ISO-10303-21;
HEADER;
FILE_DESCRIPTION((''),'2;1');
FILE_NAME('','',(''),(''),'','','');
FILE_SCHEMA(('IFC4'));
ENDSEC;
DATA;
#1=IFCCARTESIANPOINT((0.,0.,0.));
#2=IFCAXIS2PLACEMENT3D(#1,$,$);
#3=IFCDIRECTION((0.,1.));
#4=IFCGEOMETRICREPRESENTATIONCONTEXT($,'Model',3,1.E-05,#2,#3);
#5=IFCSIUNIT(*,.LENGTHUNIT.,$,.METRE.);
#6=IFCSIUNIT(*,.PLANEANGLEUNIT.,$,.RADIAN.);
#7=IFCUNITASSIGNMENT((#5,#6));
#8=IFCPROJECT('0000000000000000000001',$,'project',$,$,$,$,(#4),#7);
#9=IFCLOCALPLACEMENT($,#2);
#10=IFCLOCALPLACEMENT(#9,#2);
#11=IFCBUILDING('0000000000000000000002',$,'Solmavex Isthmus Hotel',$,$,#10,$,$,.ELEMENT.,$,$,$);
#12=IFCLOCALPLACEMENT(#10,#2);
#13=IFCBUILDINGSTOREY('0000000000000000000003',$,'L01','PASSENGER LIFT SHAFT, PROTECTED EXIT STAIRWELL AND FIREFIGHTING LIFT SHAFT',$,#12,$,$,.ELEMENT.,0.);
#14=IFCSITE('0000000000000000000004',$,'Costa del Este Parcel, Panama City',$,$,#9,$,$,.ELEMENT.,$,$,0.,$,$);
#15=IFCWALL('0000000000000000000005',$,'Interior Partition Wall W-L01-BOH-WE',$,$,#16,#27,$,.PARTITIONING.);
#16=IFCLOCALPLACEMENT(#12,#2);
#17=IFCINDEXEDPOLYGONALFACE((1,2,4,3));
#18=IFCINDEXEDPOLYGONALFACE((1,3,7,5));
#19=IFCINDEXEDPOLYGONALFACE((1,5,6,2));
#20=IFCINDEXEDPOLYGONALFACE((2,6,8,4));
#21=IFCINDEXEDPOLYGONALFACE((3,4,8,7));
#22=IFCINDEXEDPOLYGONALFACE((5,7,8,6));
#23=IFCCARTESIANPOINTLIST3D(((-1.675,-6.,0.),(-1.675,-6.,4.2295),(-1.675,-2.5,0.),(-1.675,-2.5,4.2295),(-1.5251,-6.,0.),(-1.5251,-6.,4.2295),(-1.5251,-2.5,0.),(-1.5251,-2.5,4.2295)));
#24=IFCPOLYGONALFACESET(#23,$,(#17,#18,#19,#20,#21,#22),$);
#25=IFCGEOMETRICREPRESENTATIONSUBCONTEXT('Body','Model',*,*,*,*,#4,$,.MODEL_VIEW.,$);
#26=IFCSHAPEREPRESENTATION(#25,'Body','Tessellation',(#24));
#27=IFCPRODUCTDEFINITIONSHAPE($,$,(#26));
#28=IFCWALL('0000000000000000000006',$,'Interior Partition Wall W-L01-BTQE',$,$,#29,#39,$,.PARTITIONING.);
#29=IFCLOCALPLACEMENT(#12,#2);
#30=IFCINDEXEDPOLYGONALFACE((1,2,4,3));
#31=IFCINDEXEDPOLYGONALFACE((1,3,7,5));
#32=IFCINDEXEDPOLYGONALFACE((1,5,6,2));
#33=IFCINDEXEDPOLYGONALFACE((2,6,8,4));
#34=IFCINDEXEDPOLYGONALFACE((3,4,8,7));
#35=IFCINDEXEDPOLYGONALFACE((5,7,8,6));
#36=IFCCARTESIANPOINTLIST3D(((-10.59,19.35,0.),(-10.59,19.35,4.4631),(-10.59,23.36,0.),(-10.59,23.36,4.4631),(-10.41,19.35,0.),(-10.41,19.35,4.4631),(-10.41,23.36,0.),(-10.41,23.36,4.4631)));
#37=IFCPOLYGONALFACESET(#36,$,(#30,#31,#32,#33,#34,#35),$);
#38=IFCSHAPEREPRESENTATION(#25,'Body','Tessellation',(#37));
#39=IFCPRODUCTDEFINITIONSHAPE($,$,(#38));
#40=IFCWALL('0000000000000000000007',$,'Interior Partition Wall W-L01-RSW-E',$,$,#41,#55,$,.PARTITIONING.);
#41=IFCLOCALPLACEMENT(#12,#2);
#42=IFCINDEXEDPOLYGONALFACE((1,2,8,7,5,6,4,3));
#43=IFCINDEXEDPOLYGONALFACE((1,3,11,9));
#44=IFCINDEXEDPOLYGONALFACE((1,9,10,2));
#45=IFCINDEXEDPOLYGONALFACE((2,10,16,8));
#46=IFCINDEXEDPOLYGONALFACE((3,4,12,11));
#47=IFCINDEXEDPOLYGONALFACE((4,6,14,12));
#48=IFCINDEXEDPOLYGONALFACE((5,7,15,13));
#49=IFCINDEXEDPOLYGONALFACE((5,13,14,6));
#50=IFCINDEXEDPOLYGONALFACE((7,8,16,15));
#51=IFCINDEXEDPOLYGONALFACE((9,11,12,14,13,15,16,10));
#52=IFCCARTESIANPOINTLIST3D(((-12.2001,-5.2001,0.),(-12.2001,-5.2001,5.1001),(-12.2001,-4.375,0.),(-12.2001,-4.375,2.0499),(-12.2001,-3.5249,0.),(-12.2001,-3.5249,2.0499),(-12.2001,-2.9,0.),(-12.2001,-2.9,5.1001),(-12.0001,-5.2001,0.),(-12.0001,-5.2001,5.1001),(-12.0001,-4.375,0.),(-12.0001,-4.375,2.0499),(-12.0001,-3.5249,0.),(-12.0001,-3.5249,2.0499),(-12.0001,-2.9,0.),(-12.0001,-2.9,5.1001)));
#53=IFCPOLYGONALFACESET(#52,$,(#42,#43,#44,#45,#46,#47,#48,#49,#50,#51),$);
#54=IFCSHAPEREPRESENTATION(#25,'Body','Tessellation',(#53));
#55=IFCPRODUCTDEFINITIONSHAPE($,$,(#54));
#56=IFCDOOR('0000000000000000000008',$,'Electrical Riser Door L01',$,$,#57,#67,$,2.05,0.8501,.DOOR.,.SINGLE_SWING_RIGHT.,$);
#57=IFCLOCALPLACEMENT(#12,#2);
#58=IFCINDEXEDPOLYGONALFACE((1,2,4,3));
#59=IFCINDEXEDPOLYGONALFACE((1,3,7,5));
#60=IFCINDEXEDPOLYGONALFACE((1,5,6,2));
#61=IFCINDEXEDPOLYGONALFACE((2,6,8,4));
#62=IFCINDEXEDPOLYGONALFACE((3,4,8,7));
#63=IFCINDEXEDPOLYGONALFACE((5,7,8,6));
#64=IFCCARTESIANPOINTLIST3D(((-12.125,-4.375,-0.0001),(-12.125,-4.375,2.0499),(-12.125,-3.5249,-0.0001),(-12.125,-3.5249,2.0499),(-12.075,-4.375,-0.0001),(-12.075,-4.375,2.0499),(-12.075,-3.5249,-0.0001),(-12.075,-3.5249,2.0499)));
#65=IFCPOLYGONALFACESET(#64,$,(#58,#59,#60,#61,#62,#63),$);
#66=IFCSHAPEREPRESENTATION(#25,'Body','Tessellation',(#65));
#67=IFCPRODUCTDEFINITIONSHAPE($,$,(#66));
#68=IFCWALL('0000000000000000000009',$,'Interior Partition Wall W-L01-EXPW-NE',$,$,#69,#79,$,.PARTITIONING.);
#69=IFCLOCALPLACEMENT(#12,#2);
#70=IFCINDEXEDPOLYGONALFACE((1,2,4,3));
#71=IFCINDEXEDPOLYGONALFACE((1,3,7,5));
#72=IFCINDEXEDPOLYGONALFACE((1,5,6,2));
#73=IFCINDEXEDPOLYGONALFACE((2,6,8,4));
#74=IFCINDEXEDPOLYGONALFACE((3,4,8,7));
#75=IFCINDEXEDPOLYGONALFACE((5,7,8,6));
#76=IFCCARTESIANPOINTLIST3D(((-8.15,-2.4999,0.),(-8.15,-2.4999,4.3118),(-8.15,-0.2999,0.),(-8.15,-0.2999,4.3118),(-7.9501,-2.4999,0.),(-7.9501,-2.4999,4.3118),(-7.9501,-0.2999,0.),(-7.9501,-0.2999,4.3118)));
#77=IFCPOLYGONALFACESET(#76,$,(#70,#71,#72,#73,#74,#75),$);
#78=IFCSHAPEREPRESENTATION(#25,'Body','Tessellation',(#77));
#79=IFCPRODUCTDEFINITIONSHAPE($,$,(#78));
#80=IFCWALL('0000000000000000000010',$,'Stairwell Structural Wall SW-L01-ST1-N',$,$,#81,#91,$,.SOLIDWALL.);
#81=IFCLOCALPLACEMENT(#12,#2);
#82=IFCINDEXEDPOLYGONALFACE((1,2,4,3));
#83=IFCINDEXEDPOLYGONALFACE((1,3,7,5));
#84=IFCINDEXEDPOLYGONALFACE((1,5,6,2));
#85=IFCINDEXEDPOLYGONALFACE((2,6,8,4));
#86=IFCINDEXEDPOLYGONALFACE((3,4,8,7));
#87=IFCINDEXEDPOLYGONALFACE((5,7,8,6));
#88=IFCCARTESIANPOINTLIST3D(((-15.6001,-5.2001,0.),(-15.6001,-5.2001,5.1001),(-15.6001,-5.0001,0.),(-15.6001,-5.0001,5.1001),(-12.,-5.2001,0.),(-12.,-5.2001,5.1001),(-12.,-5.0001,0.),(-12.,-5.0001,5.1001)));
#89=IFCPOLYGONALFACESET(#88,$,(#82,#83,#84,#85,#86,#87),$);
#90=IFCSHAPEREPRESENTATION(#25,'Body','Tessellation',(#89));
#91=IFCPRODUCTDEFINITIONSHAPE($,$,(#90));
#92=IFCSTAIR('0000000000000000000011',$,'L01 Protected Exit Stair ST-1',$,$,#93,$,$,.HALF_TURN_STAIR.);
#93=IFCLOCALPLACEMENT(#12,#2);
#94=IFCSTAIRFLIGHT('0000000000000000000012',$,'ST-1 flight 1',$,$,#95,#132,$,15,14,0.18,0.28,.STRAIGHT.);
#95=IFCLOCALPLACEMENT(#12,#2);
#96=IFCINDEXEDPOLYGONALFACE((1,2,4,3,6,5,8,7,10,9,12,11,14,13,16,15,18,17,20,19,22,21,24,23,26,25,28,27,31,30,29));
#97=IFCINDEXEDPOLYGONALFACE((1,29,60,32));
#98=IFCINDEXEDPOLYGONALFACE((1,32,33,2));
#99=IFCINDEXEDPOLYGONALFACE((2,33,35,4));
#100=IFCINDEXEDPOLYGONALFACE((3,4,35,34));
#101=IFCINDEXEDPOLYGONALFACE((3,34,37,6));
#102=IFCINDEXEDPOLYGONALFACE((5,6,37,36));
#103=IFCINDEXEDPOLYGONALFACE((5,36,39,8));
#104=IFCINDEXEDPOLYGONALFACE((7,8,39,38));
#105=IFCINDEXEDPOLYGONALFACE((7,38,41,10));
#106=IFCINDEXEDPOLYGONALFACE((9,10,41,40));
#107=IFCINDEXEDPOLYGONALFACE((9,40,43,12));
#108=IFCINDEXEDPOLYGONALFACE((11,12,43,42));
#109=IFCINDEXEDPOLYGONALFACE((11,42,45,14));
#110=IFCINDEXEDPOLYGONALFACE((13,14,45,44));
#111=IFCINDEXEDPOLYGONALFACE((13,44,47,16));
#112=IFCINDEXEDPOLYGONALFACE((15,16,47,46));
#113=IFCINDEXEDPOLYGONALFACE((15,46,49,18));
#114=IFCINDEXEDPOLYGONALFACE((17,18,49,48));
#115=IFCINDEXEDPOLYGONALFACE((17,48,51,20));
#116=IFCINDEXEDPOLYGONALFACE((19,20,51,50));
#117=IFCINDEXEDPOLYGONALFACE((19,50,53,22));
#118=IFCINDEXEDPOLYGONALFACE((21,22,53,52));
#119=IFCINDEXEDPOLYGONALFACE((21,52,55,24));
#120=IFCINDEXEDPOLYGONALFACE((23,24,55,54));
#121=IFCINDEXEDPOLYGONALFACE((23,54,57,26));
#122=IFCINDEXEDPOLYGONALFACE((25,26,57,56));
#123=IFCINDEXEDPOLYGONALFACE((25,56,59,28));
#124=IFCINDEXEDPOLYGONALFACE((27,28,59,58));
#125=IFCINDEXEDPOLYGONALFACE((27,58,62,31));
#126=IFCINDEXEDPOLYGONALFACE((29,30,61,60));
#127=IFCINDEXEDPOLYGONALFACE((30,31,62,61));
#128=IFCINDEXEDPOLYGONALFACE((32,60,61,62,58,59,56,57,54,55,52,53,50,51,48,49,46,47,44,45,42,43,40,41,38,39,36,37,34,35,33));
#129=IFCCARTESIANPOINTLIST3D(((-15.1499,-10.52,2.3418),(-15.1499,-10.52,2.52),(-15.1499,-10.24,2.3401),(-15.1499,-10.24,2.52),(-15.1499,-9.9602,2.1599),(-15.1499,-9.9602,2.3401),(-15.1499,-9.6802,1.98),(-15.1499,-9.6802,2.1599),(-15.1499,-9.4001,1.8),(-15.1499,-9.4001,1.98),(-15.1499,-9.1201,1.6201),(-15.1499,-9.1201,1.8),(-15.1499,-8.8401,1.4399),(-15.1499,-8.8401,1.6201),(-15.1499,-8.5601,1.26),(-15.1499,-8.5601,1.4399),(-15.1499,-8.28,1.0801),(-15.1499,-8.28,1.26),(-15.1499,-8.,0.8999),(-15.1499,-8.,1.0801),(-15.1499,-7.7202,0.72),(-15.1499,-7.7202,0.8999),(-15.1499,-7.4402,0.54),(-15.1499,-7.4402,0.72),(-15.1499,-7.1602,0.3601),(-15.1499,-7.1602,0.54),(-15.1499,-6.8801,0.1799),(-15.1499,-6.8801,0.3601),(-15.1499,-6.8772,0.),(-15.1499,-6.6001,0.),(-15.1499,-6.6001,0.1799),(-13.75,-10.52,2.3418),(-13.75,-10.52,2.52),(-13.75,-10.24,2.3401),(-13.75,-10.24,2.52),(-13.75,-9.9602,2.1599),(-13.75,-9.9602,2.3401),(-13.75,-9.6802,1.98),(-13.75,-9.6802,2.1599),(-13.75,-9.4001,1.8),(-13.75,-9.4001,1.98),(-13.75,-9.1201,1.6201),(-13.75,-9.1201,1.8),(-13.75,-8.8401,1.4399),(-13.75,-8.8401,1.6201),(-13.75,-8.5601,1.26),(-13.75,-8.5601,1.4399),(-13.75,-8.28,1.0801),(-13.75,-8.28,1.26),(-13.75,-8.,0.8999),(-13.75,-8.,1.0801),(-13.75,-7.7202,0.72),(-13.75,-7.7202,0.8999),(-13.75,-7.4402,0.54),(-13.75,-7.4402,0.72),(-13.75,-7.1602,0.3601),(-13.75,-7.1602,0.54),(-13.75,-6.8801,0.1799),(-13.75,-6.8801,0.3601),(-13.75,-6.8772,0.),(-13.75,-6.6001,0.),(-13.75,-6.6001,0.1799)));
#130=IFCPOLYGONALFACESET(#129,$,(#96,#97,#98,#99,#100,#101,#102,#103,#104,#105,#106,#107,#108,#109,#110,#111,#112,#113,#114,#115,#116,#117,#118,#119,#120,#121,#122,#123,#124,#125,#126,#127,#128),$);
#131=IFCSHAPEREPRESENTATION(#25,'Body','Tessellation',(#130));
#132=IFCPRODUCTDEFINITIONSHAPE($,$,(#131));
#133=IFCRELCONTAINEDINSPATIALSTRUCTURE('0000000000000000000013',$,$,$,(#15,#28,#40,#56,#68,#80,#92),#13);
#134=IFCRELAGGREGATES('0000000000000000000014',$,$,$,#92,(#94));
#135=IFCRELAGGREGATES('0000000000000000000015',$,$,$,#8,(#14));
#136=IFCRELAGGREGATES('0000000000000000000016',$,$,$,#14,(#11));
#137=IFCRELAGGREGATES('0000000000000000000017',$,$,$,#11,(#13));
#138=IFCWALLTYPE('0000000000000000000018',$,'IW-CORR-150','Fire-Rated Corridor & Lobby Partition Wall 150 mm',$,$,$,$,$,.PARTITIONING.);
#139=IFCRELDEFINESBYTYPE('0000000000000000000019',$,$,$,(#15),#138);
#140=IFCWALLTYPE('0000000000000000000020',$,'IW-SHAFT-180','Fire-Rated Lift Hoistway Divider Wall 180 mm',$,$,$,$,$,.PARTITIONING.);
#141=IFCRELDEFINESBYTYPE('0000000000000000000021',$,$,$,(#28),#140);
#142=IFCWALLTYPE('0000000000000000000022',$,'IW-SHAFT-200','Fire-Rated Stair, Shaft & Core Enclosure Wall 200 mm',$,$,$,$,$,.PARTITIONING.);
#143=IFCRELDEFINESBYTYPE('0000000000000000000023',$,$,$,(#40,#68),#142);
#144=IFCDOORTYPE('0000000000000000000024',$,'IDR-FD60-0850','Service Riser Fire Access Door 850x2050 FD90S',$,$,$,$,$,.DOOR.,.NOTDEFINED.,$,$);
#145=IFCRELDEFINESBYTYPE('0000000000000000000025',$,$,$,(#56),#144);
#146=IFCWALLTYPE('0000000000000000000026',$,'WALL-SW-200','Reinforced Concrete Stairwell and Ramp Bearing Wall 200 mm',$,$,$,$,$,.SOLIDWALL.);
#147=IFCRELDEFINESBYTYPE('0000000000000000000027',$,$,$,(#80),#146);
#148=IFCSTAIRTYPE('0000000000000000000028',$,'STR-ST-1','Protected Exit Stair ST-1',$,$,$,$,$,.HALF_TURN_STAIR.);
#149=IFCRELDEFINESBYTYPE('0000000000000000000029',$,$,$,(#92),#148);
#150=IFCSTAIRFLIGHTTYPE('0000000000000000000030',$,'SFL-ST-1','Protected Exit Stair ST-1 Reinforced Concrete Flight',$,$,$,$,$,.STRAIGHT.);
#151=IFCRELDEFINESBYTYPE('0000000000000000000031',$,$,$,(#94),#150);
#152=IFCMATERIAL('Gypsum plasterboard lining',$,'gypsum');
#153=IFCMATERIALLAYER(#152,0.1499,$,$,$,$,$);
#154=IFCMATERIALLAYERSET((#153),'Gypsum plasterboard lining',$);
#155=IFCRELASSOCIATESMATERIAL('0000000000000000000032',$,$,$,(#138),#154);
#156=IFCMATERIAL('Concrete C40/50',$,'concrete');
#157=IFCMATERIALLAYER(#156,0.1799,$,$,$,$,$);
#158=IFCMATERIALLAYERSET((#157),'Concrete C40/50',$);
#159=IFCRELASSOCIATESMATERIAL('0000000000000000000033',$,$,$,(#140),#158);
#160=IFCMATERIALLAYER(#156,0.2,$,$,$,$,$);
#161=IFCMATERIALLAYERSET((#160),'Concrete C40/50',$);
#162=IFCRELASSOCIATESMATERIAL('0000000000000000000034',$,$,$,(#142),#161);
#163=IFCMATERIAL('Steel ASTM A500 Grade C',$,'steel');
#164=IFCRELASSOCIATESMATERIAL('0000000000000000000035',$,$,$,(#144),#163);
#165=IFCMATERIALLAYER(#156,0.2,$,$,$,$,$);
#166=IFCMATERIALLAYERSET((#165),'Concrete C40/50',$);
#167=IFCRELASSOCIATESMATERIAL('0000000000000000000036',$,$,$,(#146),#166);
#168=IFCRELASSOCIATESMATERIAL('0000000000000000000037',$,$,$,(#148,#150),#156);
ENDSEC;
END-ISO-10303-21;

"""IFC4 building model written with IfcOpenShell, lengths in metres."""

from ifc_helpers import new_model, si_unit, direction, frame, frame_2d, origin, place, context, subcontext, project, spatial, polyline, rectangle, outline, extrude, material, layer, layer_set, type_object, element, fill, aggregate, save


model = new_model("IFC4")

# Units and contexts
model_context = context("Model", 3, precision=1e-05, world=origin(), true_north=direction((0.0, 1.0)))
body_context = subcontext(model_context, "Body", "Model", "MODEL_VIEW")
ifc_project = project(units=[si_unit("LENGTHUNIT", "METRE"), si_unit("PLANEANGLEUNIT", "RADIAN")], contexts=[model_context])

# Site, building, storey
site_placement = place(None, origin())
site = spatial("IfcSite", under=ifc_project, at=site_placement, Name="Costa del Este Parcel, Panama City", CompositionType="ELEMENT", RefElevation=0.0)
building_placement = place(site_placement, origin())
building = spatial("IfcBuilding", under=site, at=building_placement, Name="Solmavex Isthmus Hotel", CompositionType="ELEMENT")
storey_placement = place(building_placement, origin())
storey = spatial("IfcBuildingStorey", under=building, at=storey_placement, Name="L01", Description="PASSENGER LIFT SHAFT, PROTECTED EXIT STAIRWELL AND FIREFIGHTING LIFT SHAFT", CompositionType="ELEMENT", Elevation=0.0)

# Shared definitions
ifc_material_1 = material(Name="Concrete C40/50", Category="concrete")

# Shared definitions
ifc_material_2 = material(Name="Gypsum plasterboard lining", Category="gypsum")
ifc_layer_1 = layer(ifc_material_2, 0.1499)
ifc_layer_set_1 = layer_set([ifc_layer_1], Name="Gypsum plasterboard lining")
wall_type_1 = type_object("IfcWallType", Name="IW-CORR-150", Description="Fire-Rated Corridor & Lobby Partition Wall 150 mm", PredefinedType="PARTITIONING", material=ifc_layer_set_1)

# Walls
wall_1_placement = place(storey_placement, frame((-1.6001, -6.0, 0.0), z_axis=(0.0, 0.0, 1.0), x_axis=(0.0, 1.0, 0.0)))
element("IfcWall", 1, at=wall_1_placement, inside=storey, type_object=wall_type_1, Name="Interior Partition Wall W-L01-BOH-WE", PredefinedType="PARTITIONING", context=body_context, shape_type="SweptSolid", body=[
    extrude(rectangle(XDim=3.5, YDim=0.1499, at=frame_2d((1.75, 0.0))), origin(), (0.0, 0.0, 1.0), 4.2295),
])
ifc_layer_2 = layer(ifc_material_1, 0.1799)
ifc_layer_set_2 = layer_set([ifc_layer_2], Name="Concrete C40/50")
wall_type_2 = type_object("IfcWallType", Name="IW-SHAFT-180", Description="Fire-Rated Lift Hoistway Divider Wall 180 mm", PredefinedType="PARTITIONING", material=ifc_layer_set_2)
wall_2_placement = place(storey_placement, frame((-10.5, 19.3501, 0.0), z_axis=(0.0, 0.0, 1.0), x_axis=(0.0, 1.0, 0.0)))
element("IfcWall", 2, at=wall_2_placement, inside=storey, type_object=wall_type_2, Name="Interior Partition Wall W-L01-BTQE", PredefinedType="PARTITIONING", context=body_context, shape_type="SweptSolid", body=[
    extrude(rectangle(XDim=4.01, YDim=0.1799, at=frame_2d((2.0049, 0.0))), origin(), (0.0, 0.0, 1.0), 4.4631),
])

# Wall, opening, door
ifc_layer_3 = layer(ifc_material_1, 0.2)
ifc_layer_set_3 = layer_set([ifc_layer_3], Name="Concrete C40/50")
wall_type_3 = type_object("IfcWallType", Name="IW-SHAFT-200", Description="Fire-Rated Stair, Shaft & Core Enclosure Wall 200 mm", PredefinedType="PARTITIONING", material=ifc_layer_set_3)
wall_3_placement = place(storey_placement, frame((-12.1001, -5.2, 0.0), z_axis=(0.0, 0.0, 1.0), x_axis=(0.0, 1.0, 0.0)))
wall_3 = element("IfcWall", 3, at=wall_3_placement, inside=storey, type_object=wall_type_3, Name="Interior Partition Wall W-L01-RSW-E", PredefinedType="PARTITIONING", context=body_context, shape_type="SweptSolid", body=[
    extrude(rectangle(XDim=2.3, YDim=0.2, at=frame_2d((1.1499, 0.0))), origin(), (0.0, 0.0, 1.0), 5.1001),
])
opening_1_placement = place(wall_3_placement, frame((0.825, 0.0, 0.0)))
opening_1 = element("IfcOpeningElement", 4, at=opening_1_placement, cuts=wall_3, PredefinedType="OPENING", context=body_context, shape_type="SweptSolid", body=[
    extrude(rectangle(XDim=0.8501, YDim=2.05, at=frame_2d((0.425, 1.0249))), frame((0.0, 0.1099, 0.0), z_axis=(0.0, -1.0, 0.0), x_axis=(1.0, 0.0, 0.0)), (0.0, 0.0, 1.0), 0.22),
])
ifc_material_3 = material(Name="Steel ASTM A500 Grade C", Category="steel")
door_type_1 = type_object("IfcDoorType", Name="IDR-FD60-0850", Description="Service Riser Fire Access Door 850x2050 FD90S", OperationType="NOTDEFINED", PredefinedType="DOOR", material=ifc_material_3)
door_1_placement = place(opening_1_placement, origin())
door_1 = element("IfcDoor", 5, at=door_1_placement, inside=storey, type_object=door_type_1, Name="Electrical Riser Door L01", OperationType="SINGLE_SWING_RIGHT", OverallHeight=2.05, OverallWidth=0.8501, PredefinedType="DOOR", context=body_context, shape_type="SweptSolid", body=[
    extrude(rectangle(XDim=0.8501, YDim=2.05, at=frame_2d((0.425, 1.0249))), frame((0.0, 0.0249, 0.0), z_axis=(0.0, -1.0, 0.0), x_axis=(1.0, 0.0, 0.0)), (0.0, 0.0, 1.0), 0.05),
])
fill(opening_1, door_1)

# Walls
wall_4_placement = place(storey_placement, frame((-8.05, -2.5, 0.0), z_axis=(0.0, 0.0, 1.0), x_axis=(0.0, 1.0, 0.0)))
element("IfcWall", 6, at=wall_4_placement, inside=storey, type_object=wall_type_3, Name="Interior Partition Wall W-L01-EXPW-NE", PredefinedType="PARTITIONING", context=body_context, shape_type="SweptSolid", body=[
    extrude(rectangle(XDim=2.2, YDim=0.2, at=frame_2d((1.1001, 0.0))), origin(), (0.0, 0.0, 1.0), 4.3118),
])
ifc_layer_4 = layer(ifc_material_1, 0.2)
ifc_layer_set_4 = layer_set([ifc_layer_4], Name="Concrete C40/50")
wall_type_4 = type_object("IfcWallType", Name="WALL-SW-200", Description="Reinforced Concrete Stairwell and Ramp Bearing Wall 200 mm", PredefinedType="SOLIDWALL", material=ifc_layer_set_4)
wall_5_placement = place(storey_placement, frame((-15.6001, -5.1001, 0.0), z_axis=(0.0, 0.0, 1.0), x_axis=(1.0, 0.0, 0.0)))
element("IfcWall", 7, at=wall_5_placement, inside=storey, type_object=wall_type_4, Name="Stairwell Structural Wall SW-L01-ST1-N", PredefinedType="SOLIDWALL", context=body_context, shape_type="SweptSolid", body=[
    extrude(rectangle(XDim=3.6001, YDim=0.2, at=frame_2d((1.8, 0.0))), origin(), (0.0, 0.0, 1.0), 5.1001),
])

# Stair, stair flight
stair_type = type_object("IfcStairType", Name="STR-ST-1", Description="Protected Exit Stair ST-1", PredefinedType="HALF_TURN_STAIR", material=ifc_material_1)
stair_placement = place(storey_placement, origin())
stair = element("IfcStair", 8, at=stair_placement, inside=storey, type_object=stair_type, Name="L01 Protected Exit Stair ST-1", PredefinedType="HALF_TURN_STAIR")
stair_flight_type = type_object("IfcStairFlightType", Name="SFL-ST-1", Description="Protected Exit Stair ST-1 Reinforced Concrete Flight", PredefinedType="STRAIGHT", material=ifc_material_1)
stair_flight_placement = place(storey_placement, frame((-14.45, -6.6001, 0.0), z_axis=(0.0, 0.0, 1.0), x_axis=(0.0, -1.0, 0.0)))
stair_flight = element("IfcStairFlight", 9, at=stair_flight_placement, type_object=stair_flight_type, Name="ST-1 flight 1", NumberOfRisers=15, NumberOfTreads=14, PredefinedType="STRAIGHT", RiserHeight=0.18, TreadLength=0.28, context=body_context, shape_type="SweptSolid", body=[
    extrude(outline(polyline([(0.0, 0.0), (0.0, 0.1799), (0.28, 0.1799), (0.28, 0.3601), (0.5601, 0.3601), (0.5601, 0.54), (0.8401, 0.54), (0.8401, 0.72), (1.1201, 0.72), (1.1201, 0.8999), (1.3999, 0.8999), (1.3999, 1.0801), (1.6799, 1.0801), (1.6799, 1.26), (1.96, 1.26), (1.96, 1.4399), (2.24, 1.4399), (2.24, 1.6201), (2.52, 1.6201), (2.52, 1.8), (2.8, 1.8), (2.8, 1.98), (3.0801, 1.98), (3.0801, 2.1599), (3.3601, 2.1599), (3.3601, 2.3401), (3.6399, 2.3401), (3.6399, 2.52), (3.9199, 2.52), (3.9199, 2.7), (3.9199, 2.3418), (0.2771, 0.0), (0.0, 0.0)])), frame((0.0, 0.7, 0.0), z_axis=(0.0, -1.0, 0.0), x_axis=(1.0, 0.0, 0.0)), (0.0, 0.0, 1.0), 1.3999),
])
aggregate(stair, [stair_flight])

save(model, "model.ifc")
